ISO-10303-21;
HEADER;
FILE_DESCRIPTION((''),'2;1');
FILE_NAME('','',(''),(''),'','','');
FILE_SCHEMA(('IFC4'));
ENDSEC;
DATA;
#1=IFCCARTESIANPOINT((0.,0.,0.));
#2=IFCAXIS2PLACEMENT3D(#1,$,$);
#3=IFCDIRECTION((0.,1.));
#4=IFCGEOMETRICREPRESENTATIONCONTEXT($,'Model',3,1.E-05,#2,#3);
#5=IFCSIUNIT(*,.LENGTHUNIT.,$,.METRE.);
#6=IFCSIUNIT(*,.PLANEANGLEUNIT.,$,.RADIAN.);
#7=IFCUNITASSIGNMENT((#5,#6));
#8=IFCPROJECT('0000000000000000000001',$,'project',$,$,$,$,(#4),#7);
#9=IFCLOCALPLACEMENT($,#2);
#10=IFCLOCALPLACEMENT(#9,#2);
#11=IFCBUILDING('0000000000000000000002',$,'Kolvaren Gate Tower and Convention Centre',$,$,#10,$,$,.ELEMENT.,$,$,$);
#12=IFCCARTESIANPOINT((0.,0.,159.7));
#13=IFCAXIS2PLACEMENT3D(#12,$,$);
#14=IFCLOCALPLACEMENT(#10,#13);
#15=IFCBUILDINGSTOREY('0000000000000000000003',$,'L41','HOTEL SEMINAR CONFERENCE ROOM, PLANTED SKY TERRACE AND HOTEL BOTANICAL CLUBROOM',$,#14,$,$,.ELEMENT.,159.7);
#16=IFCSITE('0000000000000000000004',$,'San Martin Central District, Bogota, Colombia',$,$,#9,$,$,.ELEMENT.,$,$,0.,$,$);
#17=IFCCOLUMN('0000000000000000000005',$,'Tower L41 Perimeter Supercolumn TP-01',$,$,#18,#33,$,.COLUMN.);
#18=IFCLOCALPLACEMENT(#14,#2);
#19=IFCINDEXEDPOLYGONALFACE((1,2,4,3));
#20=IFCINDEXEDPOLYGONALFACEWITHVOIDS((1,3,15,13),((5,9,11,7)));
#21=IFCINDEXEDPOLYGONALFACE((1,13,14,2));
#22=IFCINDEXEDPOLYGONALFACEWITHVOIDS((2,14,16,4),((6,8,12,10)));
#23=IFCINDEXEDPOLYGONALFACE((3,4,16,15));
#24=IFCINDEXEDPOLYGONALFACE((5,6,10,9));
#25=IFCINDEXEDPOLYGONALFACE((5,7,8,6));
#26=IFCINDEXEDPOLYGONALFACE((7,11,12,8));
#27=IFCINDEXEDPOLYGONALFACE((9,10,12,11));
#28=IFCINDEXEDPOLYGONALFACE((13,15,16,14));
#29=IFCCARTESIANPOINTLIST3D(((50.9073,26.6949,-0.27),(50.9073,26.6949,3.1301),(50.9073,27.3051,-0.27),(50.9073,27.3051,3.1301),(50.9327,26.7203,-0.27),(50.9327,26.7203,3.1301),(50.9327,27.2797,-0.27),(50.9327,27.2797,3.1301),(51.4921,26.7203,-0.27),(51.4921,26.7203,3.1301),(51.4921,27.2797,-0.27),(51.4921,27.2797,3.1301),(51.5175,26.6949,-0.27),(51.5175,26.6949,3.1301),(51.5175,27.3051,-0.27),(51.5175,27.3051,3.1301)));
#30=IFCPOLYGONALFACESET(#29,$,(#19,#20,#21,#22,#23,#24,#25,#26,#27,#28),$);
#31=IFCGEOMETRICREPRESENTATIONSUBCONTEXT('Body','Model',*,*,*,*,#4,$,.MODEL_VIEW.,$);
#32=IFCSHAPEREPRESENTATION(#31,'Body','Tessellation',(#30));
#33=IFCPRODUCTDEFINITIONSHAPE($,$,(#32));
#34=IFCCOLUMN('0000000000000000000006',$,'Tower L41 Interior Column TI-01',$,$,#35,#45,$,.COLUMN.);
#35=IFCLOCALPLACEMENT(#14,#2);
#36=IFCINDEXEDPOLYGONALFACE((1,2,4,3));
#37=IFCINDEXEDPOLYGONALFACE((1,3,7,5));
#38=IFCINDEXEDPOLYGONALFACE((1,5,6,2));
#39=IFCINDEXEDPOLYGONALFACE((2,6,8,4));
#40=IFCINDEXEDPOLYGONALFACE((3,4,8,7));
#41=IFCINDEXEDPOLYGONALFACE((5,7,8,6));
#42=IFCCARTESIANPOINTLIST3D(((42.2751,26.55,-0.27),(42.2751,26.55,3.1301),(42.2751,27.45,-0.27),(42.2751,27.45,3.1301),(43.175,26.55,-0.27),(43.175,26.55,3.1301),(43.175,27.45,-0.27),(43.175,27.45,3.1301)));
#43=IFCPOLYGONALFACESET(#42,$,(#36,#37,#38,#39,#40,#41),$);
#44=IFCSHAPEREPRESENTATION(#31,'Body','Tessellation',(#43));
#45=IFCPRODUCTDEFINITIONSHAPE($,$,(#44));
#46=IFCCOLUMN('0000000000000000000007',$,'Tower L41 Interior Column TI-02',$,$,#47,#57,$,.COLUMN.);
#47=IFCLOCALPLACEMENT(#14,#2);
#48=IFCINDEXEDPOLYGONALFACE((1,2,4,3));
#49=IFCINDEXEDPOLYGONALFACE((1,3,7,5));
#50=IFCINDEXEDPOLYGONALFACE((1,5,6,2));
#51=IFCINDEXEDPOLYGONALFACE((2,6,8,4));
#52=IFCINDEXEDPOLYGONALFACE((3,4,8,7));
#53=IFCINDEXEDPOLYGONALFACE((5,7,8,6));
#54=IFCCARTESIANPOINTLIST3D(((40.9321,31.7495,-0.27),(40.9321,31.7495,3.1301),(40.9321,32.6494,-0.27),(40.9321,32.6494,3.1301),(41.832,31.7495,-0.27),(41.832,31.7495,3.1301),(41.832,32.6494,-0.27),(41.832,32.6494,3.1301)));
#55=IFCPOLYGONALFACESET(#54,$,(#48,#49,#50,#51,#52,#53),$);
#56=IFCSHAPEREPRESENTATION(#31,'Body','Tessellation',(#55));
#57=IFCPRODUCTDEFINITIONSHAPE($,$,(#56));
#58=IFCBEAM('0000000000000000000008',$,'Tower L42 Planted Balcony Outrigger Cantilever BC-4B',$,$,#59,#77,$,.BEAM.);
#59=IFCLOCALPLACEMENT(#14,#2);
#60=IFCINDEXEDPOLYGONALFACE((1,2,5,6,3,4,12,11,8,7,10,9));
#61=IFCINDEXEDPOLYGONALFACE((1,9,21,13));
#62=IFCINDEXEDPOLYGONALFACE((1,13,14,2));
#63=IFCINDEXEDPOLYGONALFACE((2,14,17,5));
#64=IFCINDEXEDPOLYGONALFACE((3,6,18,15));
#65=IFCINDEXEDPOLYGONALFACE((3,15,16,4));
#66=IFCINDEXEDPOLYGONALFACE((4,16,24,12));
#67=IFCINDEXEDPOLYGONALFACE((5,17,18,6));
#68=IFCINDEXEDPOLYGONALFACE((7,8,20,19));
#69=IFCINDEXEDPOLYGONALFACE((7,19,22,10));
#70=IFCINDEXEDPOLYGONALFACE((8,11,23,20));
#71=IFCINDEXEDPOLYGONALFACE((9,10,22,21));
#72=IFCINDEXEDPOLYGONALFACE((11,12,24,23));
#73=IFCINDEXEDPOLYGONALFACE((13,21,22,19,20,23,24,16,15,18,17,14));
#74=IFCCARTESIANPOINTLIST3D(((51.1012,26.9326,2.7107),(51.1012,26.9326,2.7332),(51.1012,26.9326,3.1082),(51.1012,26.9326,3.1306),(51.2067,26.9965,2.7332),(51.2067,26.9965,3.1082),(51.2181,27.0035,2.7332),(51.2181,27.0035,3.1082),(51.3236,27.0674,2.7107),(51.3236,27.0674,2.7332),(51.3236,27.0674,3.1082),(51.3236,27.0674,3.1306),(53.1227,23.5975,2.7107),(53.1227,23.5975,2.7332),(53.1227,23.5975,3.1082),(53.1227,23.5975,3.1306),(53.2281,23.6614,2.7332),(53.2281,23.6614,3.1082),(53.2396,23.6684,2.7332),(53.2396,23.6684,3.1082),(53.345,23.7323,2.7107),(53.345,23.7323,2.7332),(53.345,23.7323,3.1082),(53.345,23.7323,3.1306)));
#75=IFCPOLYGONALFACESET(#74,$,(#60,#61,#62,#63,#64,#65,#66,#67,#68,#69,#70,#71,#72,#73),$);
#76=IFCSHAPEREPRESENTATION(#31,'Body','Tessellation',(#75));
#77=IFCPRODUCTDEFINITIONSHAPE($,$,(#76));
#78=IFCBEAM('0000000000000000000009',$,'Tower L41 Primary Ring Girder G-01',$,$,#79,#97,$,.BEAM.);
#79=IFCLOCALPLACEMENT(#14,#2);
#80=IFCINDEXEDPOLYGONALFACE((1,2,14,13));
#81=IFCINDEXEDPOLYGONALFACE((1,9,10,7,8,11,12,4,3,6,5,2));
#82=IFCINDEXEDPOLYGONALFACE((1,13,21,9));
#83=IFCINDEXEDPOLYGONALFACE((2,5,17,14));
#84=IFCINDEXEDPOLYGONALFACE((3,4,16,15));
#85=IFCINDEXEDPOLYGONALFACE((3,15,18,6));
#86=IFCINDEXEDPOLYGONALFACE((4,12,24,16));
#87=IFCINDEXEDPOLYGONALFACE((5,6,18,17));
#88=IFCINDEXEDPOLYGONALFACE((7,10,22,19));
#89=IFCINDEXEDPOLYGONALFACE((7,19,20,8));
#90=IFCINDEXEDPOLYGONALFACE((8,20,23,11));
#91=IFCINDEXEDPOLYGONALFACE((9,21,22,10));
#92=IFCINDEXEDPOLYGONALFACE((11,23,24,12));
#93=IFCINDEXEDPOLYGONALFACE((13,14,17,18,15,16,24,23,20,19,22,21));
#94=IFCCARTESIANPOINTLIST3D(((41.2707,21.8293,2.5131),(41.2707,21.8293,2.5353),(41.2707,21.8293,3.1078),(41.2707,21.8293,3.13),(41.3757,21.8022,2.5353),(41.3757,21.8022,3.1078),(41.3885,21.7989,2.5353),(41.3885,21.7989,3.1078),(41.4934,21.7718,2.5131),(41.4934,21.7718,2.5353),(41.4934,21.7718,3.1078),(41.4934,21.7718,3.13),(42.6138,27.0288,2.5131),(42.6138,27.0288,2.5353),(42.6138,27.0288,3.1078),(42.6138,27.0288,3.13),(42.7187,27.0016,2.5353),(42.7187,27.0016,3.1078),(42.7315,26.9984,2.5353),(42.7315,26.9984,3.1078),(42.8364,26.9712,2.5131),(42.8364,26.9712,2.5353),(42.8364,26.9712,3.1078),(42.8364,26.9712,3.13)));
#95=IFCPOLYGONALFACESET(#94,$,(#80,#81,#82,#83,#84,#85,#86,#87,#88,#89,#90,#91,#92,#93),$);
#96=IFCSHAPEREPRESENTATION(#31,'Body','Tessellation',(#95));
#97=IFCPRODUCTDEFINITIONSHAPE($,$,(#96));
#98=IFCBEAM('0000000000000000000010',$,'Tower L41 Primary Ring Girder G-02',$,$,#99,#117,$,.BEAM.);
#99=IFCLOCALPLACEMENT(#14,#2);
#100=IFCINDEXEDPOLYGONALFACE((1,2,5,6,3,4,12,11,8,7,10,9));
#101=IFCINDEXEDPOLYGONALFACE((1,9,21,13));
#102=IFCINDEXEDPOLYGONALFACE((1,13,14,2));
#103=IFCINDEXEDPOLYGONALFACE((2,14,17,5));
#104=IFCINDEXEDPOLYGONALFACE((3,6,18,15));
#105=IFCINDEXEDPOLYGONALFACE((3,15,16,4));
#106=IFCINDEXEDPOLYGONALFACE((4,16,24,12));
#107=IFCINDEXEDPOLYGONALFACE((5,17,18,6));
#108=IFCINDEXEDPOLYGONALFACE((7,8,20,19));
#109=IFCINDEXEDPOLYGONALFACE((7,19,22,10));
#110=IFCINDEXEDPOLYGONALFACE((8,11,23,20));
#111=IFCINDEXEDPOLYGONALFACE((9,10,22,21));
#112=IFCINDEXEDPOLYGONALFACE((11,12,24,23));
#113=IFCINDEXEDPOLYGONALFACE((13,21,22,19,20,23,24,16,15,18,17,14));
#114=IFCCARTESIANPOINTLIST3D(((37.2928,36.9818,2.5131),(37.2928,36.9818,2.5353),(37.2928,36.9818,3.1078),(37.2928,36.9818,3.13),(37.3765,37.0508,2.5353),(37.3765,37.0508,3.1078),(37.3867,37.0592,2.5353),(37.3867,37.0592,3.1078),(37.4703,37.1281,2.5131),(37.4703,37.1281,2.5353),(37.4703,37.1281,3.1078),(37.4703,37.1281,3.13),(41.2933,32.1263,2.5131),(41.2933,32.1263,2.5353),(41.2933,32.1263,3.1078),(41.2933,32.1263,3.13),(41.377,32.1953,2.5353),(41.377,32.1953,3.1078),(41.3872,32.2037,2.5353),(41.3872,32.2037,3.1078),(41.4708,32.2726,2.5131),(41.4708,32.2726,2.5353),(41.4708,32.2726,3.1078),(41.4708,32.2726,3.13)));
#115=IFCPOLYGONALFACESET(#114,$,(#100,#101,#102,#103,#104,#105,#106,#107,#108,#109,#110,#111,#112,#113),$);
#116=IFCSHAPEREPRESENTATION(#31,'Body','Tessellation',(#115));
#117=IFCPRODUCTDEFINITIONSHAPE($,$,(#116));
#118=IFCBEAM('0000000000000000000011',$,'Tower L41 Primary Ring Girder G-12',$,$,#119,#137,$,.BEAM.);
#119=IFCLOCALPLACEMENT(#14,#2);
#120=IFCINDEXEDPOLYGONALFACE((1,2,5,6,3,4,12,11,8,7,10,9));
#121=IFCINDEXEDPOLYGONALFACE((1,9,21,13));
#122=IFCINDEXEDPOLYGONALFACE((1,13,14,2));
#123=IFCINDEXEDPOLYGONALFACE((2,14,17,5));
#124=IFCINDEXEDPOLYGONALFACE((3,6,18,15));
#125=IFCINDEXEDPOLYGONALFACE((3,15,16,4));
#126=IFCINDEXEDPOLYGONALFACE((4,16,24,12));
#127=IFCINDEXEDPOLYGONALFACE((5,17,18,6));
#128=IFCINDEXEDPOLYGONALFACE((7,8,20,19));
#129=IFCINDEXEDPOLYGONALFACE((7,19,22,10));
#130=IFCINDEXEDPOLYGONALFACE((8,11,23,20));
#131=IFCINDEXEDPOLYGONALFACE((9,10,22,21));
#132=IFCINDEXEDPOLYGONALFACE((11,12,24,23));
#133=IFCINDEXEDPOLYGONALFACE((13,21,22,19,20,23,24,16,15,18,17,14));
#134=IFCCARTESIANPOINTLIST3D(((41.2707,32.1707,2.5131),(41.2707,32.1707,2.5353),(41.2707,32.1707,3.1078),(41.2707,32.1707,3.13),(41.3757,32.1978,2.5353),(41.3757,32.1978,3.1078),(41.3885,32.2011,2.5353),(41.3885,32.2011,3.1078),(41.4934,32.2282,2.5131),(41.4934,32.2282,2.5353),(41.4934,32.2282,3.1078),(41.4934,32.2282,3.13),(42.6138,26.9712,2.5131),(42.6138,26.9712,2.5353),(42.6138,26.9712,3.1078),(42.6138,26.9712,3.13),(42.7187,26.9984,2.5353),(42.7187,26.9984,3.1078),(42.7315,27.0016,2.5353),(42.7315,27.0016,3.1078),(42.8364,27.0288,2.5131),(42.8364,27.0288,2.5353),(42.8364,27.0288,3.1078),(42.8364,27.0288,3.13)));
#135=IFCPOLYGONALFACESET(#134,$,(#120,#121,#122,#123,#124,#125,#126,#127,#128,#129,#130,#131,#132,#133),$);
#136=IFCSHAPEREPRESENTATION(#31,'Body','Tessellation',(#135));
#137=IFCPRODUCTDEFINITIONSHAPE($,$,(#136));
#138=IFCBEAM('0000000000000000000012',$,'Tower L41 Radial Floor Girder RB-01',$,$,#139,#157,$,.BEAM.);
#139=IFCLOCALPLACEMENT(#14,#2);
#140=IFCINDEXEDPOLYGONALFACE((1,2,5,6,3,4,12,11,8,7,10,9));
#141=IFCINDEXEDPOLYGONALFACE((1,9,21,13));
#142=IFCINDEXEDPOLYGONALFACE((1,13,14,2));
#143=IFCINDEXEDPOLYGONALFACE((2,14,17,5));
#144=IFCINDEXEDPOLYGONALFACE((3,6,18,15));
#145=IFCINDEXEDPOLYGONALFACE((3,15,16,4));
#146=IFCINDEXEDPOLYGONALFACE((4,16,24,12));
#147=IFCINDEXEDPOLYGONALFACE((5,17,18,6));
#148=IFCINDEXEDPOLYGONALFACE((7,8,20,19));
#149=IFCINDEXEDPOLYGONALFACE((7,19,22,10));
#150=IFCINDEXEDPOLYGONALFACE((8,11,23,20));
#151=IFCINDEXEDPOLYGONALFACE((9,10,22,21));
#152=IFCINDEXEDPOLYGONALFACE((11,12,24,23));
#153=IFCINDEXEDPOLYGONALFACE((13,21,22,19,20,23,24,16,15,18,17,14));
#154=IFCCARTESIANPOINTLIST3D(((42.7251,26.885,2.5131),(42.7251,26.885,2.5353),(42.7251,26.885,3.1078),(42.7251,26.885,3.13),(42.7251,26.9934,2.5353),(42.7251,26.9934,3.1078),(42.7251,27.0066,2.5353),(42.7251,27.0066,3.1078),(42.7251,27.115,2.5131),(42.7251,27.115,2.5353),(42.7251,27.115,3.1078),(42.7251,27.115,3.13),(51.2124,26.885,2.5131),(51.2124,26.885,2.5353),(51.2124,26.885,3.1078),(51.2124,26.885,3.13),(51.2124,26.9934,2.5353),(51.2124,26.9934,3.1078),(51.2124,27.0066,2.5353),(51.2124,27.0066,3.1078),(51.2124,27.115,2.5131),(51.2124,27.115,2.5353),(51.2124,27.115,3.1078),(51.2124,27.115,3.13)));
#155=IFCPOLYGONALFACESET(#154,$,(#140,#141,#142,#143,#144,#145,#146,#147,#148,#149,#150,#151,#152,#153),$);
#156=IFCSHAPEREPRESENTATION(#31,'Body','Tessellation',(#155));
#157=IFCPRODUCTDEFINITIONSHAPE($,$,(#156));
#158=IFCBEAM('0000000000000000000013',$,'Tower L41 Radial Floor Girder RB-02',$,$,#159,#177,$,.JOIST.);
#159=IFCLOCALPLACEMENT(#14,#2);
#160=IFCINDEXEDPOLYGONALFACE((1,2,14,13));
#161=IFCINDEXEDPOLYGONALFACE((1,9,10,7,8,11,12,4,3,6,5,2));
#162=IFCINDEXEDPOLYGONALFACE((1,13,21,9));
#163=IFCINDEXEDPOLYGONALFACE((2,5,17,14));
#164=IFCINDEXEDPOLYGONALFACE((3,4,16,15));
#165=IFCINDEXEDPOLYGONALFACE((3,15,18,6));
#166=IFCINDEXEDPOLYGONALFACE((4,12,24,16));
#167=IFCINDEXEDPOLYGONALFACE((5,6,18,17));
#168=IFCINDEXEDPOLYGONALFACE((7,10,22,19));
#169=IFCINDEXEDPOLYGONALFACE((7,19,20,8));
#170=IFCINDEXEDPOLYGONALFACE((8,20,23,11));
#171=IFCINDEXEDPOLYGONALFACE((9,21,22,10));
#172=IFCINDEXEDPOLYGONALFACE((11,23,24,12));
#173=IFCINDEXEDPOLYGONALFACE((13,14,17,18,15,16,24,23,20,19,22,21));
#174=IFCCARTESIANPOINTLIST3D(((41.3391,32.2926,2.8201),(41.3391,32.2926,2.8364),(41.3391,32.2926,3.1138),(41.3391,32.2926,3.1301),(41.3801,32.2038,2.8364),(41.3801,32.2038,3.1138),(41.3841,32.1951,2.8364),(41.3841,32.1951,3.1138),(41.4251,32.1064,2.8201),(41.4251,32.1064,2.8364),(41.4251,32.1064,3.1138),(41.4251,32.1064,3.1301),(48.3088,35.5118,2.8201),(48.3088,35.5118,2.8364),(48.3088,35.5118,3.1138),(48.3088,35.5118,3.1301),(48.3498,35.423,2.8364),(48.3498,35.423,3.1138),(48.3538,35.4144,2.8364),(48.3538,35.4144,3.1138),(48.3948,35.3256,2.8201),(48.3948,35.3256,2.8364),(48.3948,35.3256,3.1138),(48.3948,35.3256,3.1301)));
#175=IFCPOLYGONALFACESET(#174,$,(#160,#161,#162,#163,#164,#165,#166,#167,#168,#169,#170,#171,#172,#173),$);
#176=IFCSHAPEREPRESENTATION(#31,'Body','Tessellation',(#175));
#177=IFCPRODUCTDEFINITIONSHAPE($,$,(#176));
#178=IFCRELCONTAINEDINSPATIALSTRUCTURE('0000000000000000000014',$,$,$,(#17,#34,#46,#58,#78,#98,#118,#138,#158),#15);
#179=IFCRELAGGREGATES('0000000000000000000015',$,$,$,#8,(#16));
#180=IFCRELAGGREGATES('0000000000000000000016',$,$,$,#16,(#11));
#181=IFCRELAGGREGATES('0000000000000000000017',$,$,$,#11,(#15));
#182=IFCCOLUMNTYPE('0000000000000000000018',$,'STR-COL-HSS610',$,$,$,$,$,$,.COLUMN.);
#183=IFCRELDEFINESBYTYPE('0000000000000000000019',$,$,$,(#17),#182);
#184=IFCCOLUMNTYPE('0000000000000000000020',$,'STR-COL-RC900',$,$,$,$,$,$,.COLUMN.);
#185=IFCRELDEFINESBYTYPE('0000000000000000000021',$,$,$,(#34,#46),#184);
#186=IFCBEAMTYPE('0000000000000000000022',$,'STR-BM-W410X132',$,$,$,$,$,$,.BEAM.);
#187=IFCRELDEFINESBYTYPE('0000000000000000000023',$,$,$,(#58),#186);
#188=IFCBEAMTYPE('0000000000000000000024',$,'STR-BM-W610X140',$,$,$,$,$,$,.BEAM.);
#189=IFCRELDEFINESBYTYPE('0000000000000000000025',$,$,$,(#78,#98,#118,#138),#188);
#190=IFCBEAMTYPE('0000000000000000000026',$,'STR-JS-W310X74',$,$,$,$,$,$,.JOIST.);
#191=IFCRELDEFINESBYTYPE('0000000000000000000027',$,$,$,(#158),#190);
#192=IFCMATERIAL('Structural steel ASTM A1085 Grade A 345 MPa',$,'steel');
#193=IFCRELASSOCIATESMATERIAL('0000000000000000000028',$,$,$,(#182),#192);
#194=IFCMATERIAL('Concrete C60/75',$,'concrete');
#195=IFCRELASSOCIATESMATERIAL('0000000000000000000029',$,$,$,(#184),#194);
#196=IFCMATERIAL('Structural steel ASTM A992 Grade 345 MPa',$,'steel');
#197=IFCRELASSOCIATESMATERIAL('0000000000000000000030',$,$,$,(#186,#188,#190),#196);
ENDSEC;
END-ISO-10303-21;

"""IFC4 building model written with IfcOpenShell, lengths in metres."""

from ifc_helpers import new_model, si_unit, direction, frame, origin, origin_2d, place, context, subcontext, project, spatial, rectangle, hollow_rectangle, i_section, extrude, material, material_profile, profile_set, type_object, element, save


model = new_model("IFC4")

# Units and contexts
model_context = context("Model", 3, precision=1e-05, world=origin(), true_north=direction((0.0, 1.0)))
body_context = subcontext(model_context, "Body", "Model", "MODEL_VIEW")
ifc_project = project(units=[si_unit("LENGTHUNIT", "METRE"), si_unit("PLANEANGLEUNIT", "RADIAN")], contexts=[model_context])

# Site, building, storey
site_placement = place(None, origin())
site = spatial("IfcSite", under=ifc_project, at=site_placement, Name="San Martin Central District, Bogota, Colombia", CompositionType="ELEMENT", RefElevation=0.0)
building_placement = place(site_placement, origin())
building = spatial("IfcBuilding", under=site, at=building_placement, Name="Kolvaren Gate Tower and Convention Centre", CompositionType="ELEMENT")
storey_placement = place(building_placement, frame((0.0, 0.0, 159.7)))
storey = spatial("IfcBuildingStorey", under=building, at=storey_placement, Name="L41", Description="HOTEL SEMINAR CONFERENCE ROOM, PLANTED SKY TERRACE AND HOTEL BOTANICAL CLUBROOM", CompositionType="ELEMENT", Elevation=159.7)

# Columns
ifc_material_1 = material(Name="Structural steel ASTM A1085 Grade A 345 MPa", Category="steel")
ifc_material_profile_1 = material_profile(ifc_material_1, hollow_rectangle(XDim=0.6101, YDim=0.6101, WallThickness=0.0254, at=origin_2d()), Name="HSS610X610X25.4")
ifc_profile_set_1 = profile_set([ifc_material_profile_1], Name="Structural steel ASTM A1085 Grade A 345 MPa")
column_type_1 = type_object("IfcColumnType", Name="STR-COL-HSS610", PredefinedType="COLUMN", material=ifc_profile_set_1)
column_placement = place(storey_placement, frame((51.2124, 27.0, -0.27), z_axis=(0.0, 0.0, 1.0), x_axis=(1.0, 0.0, 0.0)))
element("IfcColumn", 1, at=column_placement, inside=storey, type_object=column_type_1, Name="Tower L41 Perimeter Supercolumn TP-01", PredefinedType="COLUMN", context=body_context, shape_type="SweptSolid", body=[
    extrude(hollow_rectangle(XDim=0.6101, YDim=0.6101, WallThickness=0.0254, at=origin_2d()), origin(), (0.0, 0.0, 1.0), 3.4001),
])
ifc_material_2 = material(Name="Concrete C60/75", Category="concrete")
ifc_material_profile_2 = material_profile(ifc_material_2, rectangle(XDim=0.8999, YDim=0.8999, at=origin_2d()), Name="RC-COL-900X900")
ifc_profile_set_2 = profile_set([ifc_material_profile_2], Name="Concrete C60/75")
column_type_2 = type_object("IfcColumnType", Name="STR-COL-RC900", PredefinedType="COLUMN", material=ifc_profile_set_2)
for number, where, z_axis, x_axis, name in (
    (2, (42.7251, 27.0, -0.27), (0.0, 0.0, 1.0), (1.0, 0.0, 0.0), "Tower L41 Interior Column TI-01"),
    (3, (41.3821, 32.1995, -0.27), (0.0, 0.0, 1.0), (1.0, 0.0, 0.0), "Tower L41 Interior Column TI-02"),
):
    element("IfcColumn", number, at=place(storey_placement, frame(where, z_axis=z_axis, x_axis=x_axis)), inside=storey, type_object=column_type_2, Name=name, PredefinedType="COLUMN", context=body_context, shape_type="SweptSolid", body=[
        extrude(rectangle(XDim=0.8999, YDim=0.8999, at=origin_2d()), origin(), (0.0, 0.0, 1.0), 3.4001),
    ])

# Beams
ifc_material_3 = material(Name="Structural steel ASTM A992 Grade 345 MPa", Category="steel")
ifc_material_profile_3 = material_profile(ifc_material_3, i_section(OverallWidth=0.26, OverallDepth=0.4199, WebThickness=0.0134, FlangeThickness=0.0225, at=origin_2d()), Name="W410X132")
ifc_profile_set_3 = profile_set([ifc_material_profile_3], Name="Structural steel ASTM A992 Grade 345 MPa")
beam_type_1 = type_object("IfcBeamType", Name="STR-BM-W410X132", PredefinedType="BEAM", material=ifc_profile_set_3)
beam_1_placement = place(storey_placement, frame((51.2124, 27.0, 2.9207), z_axis=(0.518329, -0.855181, 0.0), x_axis=(0.855181, 0.518329, 0.0)))
element("IfcBeam", 4, at=beam_1_placement, inside=storey, type_object=beam_type_1, Name="Tower L42 Planted Balcony Outrigger Cantilever BC-4B", PredefinedType="BEAM", context=body_context, shape_type="SweptSolid", body=[
    extrude(i_section(OverallWidth=0.26, OverallDepth=0.4199, WebThickness=0.0134, FlangeThickness=0.0225, at=origin_2d()), origin(), (0.0, 0.0, 1.0), 3.8999),
])
ifc_material_profile_4 = material_profile(ifc_material_3, i_section(OverallWidth=0.23, OverallDepth=0.6169, WebThickness=0.0132, FlangeThickness=0.0222, at=origin_2d()), Name="W610X140")
ifc_profile_set_4 = profile_set([ifc_material_profile_4], Name="Structural steel ASTM A992 Grade 345 MPa")
beam_type_2 = type_object("IfcBeamType", Name="STR-BM-W610X140", PredefinedType="BEAM", material=ifc_profile_set_4)
beam_2_placement = place(storey_placement, frame((42.7251, 27.0, 2.8215), z_axis=(-0.250091, -0.968222, 0.0), x_axis=(0.968222, -0.250091, 0.0)))
element("IfcBeam", 5, at=beam_2_placement, inside=storey, type_object=beam_type_2, Name="Tower L41 Primary Ring Girder G-01", PredefinedType="BEAM", context=body_context, shape_type="SweptSolid", body=[
    extrude(i_section(OverallWidth=0.23, OverallDepth=0.6169, WebThickness=0.0132, FlangeThickness=0.0222, at=origin_2d()), origin(), (0.0, 0.0, 1.0), 5.3701),
])
beam_3_placement = place(storey_placement, frame((41.3821, 32.1995, 2.8215), z_axis=(-0.635884, 0.771785, 0.0), x_axis=(-0.771785, -0.635884, 0.0)))
element("IfcBeam", 6, at=beam_3_placement, inside=storey, type_object=beam_type_2, Name="Tower L41 Primary Ring Girder G-02", PredefinedType="BEAM", context=body_context, shape_type="SweptSolid", body=[
    extrude(i_section(OverallWidth=0.23, OverallDepth=0.6169, WebThickness=0.0132, FlangeThickness=0.0222, at=origin_2d()), origin(), (0.0, 0.0, 1.0), 6.2913),
])
beam_4_placement = place(storey_placement, frame((42.7251, 27.0, 2.8215), z_axis=(-0.250091, 0.968222, 0.0), x_axis=(-0.968222, -0.250091, 0.0)))
element("IfcBeam", 7, at=beam_4_placement, inside=storey, type_object=beam_type_2, Name="Tower L41 Primary Ring Girder G-12", PredefinedType="BEAM", context=body_context, shape_type="SweptSolid", body=[
    extrude(i_section(OverallWidth=0.23, OverallDepth=0.6169, WebThickness=0.0132, FlangeThickness=0.0222, at=origin_2d()), origin(), (0.0, 0.0, 1.0), 5.3701),
])
beam_5_placement = place(storey_placement, frame((42.7251, 27.0, 2.8215), z_axis=(1.0, 0.0, 0.0), x_axis=(0.0, 1.0, 0.0)))
element("IfcBeam", 8, at=beam_5_placement, inside=storey, type_object=beam_type_2, Name="Tower L41 Radial Floor Girder RB-01", PredefinedType="BEAM", context=body_context, shape_type="SweptSolid", body=[
    extrude(i_section(OverallWidth=0.23, OverallDepth=0.6169, WebThickness=0.0132, FlangeThickness=0.0222, at=origin_2d()), origin(), (0.0, 0.0, 1.0), 8.4873),
])
ifc_material_profile_5 = material_profile(ifc_material_3, i_section(OverallWidth=0.2051, OverallDepth=0.3101, WebThickness=0.0095, FlangeThickness=0.0164, at=origin_2d()), Name="W310X74")
ifc_profile_set_5 = profile_set([ifc_material_profile_5], Name="Structural steel ASTM A992 Grade 345 MPa")
beam_type_3 = type_object("IfcBeamType", Name="STR-JS-W310X74", PredefinedType="JOIST", material=ifc_profile_set_5)
beam_6_placement = place(storey_placement, frame((41.3821, 32.1995, 2.9751), z_axis=(0.907838, 0.41932, 0.0), x_axis=(-0.41932, 0.907838, 0.0)))
element("IfcBeam", 9, at=beam_6_placement, inside=storey, type_object=beam_type_3, Name="Tower L41 Radial Floor Girder RB-02", PredefinedType="JOIST", context=body_context, shape_type="SweptSolid", body=[
    extrude(i_section(OverallWidth=0.2051, OverallDepth=0.3101, WebThickness=0.0095, FlangeThickness=0.0164, at=origin_2d()), origin(), (0.0, 0.0, 1.0), 7.6772),
])

save(model, "model.ifc")
